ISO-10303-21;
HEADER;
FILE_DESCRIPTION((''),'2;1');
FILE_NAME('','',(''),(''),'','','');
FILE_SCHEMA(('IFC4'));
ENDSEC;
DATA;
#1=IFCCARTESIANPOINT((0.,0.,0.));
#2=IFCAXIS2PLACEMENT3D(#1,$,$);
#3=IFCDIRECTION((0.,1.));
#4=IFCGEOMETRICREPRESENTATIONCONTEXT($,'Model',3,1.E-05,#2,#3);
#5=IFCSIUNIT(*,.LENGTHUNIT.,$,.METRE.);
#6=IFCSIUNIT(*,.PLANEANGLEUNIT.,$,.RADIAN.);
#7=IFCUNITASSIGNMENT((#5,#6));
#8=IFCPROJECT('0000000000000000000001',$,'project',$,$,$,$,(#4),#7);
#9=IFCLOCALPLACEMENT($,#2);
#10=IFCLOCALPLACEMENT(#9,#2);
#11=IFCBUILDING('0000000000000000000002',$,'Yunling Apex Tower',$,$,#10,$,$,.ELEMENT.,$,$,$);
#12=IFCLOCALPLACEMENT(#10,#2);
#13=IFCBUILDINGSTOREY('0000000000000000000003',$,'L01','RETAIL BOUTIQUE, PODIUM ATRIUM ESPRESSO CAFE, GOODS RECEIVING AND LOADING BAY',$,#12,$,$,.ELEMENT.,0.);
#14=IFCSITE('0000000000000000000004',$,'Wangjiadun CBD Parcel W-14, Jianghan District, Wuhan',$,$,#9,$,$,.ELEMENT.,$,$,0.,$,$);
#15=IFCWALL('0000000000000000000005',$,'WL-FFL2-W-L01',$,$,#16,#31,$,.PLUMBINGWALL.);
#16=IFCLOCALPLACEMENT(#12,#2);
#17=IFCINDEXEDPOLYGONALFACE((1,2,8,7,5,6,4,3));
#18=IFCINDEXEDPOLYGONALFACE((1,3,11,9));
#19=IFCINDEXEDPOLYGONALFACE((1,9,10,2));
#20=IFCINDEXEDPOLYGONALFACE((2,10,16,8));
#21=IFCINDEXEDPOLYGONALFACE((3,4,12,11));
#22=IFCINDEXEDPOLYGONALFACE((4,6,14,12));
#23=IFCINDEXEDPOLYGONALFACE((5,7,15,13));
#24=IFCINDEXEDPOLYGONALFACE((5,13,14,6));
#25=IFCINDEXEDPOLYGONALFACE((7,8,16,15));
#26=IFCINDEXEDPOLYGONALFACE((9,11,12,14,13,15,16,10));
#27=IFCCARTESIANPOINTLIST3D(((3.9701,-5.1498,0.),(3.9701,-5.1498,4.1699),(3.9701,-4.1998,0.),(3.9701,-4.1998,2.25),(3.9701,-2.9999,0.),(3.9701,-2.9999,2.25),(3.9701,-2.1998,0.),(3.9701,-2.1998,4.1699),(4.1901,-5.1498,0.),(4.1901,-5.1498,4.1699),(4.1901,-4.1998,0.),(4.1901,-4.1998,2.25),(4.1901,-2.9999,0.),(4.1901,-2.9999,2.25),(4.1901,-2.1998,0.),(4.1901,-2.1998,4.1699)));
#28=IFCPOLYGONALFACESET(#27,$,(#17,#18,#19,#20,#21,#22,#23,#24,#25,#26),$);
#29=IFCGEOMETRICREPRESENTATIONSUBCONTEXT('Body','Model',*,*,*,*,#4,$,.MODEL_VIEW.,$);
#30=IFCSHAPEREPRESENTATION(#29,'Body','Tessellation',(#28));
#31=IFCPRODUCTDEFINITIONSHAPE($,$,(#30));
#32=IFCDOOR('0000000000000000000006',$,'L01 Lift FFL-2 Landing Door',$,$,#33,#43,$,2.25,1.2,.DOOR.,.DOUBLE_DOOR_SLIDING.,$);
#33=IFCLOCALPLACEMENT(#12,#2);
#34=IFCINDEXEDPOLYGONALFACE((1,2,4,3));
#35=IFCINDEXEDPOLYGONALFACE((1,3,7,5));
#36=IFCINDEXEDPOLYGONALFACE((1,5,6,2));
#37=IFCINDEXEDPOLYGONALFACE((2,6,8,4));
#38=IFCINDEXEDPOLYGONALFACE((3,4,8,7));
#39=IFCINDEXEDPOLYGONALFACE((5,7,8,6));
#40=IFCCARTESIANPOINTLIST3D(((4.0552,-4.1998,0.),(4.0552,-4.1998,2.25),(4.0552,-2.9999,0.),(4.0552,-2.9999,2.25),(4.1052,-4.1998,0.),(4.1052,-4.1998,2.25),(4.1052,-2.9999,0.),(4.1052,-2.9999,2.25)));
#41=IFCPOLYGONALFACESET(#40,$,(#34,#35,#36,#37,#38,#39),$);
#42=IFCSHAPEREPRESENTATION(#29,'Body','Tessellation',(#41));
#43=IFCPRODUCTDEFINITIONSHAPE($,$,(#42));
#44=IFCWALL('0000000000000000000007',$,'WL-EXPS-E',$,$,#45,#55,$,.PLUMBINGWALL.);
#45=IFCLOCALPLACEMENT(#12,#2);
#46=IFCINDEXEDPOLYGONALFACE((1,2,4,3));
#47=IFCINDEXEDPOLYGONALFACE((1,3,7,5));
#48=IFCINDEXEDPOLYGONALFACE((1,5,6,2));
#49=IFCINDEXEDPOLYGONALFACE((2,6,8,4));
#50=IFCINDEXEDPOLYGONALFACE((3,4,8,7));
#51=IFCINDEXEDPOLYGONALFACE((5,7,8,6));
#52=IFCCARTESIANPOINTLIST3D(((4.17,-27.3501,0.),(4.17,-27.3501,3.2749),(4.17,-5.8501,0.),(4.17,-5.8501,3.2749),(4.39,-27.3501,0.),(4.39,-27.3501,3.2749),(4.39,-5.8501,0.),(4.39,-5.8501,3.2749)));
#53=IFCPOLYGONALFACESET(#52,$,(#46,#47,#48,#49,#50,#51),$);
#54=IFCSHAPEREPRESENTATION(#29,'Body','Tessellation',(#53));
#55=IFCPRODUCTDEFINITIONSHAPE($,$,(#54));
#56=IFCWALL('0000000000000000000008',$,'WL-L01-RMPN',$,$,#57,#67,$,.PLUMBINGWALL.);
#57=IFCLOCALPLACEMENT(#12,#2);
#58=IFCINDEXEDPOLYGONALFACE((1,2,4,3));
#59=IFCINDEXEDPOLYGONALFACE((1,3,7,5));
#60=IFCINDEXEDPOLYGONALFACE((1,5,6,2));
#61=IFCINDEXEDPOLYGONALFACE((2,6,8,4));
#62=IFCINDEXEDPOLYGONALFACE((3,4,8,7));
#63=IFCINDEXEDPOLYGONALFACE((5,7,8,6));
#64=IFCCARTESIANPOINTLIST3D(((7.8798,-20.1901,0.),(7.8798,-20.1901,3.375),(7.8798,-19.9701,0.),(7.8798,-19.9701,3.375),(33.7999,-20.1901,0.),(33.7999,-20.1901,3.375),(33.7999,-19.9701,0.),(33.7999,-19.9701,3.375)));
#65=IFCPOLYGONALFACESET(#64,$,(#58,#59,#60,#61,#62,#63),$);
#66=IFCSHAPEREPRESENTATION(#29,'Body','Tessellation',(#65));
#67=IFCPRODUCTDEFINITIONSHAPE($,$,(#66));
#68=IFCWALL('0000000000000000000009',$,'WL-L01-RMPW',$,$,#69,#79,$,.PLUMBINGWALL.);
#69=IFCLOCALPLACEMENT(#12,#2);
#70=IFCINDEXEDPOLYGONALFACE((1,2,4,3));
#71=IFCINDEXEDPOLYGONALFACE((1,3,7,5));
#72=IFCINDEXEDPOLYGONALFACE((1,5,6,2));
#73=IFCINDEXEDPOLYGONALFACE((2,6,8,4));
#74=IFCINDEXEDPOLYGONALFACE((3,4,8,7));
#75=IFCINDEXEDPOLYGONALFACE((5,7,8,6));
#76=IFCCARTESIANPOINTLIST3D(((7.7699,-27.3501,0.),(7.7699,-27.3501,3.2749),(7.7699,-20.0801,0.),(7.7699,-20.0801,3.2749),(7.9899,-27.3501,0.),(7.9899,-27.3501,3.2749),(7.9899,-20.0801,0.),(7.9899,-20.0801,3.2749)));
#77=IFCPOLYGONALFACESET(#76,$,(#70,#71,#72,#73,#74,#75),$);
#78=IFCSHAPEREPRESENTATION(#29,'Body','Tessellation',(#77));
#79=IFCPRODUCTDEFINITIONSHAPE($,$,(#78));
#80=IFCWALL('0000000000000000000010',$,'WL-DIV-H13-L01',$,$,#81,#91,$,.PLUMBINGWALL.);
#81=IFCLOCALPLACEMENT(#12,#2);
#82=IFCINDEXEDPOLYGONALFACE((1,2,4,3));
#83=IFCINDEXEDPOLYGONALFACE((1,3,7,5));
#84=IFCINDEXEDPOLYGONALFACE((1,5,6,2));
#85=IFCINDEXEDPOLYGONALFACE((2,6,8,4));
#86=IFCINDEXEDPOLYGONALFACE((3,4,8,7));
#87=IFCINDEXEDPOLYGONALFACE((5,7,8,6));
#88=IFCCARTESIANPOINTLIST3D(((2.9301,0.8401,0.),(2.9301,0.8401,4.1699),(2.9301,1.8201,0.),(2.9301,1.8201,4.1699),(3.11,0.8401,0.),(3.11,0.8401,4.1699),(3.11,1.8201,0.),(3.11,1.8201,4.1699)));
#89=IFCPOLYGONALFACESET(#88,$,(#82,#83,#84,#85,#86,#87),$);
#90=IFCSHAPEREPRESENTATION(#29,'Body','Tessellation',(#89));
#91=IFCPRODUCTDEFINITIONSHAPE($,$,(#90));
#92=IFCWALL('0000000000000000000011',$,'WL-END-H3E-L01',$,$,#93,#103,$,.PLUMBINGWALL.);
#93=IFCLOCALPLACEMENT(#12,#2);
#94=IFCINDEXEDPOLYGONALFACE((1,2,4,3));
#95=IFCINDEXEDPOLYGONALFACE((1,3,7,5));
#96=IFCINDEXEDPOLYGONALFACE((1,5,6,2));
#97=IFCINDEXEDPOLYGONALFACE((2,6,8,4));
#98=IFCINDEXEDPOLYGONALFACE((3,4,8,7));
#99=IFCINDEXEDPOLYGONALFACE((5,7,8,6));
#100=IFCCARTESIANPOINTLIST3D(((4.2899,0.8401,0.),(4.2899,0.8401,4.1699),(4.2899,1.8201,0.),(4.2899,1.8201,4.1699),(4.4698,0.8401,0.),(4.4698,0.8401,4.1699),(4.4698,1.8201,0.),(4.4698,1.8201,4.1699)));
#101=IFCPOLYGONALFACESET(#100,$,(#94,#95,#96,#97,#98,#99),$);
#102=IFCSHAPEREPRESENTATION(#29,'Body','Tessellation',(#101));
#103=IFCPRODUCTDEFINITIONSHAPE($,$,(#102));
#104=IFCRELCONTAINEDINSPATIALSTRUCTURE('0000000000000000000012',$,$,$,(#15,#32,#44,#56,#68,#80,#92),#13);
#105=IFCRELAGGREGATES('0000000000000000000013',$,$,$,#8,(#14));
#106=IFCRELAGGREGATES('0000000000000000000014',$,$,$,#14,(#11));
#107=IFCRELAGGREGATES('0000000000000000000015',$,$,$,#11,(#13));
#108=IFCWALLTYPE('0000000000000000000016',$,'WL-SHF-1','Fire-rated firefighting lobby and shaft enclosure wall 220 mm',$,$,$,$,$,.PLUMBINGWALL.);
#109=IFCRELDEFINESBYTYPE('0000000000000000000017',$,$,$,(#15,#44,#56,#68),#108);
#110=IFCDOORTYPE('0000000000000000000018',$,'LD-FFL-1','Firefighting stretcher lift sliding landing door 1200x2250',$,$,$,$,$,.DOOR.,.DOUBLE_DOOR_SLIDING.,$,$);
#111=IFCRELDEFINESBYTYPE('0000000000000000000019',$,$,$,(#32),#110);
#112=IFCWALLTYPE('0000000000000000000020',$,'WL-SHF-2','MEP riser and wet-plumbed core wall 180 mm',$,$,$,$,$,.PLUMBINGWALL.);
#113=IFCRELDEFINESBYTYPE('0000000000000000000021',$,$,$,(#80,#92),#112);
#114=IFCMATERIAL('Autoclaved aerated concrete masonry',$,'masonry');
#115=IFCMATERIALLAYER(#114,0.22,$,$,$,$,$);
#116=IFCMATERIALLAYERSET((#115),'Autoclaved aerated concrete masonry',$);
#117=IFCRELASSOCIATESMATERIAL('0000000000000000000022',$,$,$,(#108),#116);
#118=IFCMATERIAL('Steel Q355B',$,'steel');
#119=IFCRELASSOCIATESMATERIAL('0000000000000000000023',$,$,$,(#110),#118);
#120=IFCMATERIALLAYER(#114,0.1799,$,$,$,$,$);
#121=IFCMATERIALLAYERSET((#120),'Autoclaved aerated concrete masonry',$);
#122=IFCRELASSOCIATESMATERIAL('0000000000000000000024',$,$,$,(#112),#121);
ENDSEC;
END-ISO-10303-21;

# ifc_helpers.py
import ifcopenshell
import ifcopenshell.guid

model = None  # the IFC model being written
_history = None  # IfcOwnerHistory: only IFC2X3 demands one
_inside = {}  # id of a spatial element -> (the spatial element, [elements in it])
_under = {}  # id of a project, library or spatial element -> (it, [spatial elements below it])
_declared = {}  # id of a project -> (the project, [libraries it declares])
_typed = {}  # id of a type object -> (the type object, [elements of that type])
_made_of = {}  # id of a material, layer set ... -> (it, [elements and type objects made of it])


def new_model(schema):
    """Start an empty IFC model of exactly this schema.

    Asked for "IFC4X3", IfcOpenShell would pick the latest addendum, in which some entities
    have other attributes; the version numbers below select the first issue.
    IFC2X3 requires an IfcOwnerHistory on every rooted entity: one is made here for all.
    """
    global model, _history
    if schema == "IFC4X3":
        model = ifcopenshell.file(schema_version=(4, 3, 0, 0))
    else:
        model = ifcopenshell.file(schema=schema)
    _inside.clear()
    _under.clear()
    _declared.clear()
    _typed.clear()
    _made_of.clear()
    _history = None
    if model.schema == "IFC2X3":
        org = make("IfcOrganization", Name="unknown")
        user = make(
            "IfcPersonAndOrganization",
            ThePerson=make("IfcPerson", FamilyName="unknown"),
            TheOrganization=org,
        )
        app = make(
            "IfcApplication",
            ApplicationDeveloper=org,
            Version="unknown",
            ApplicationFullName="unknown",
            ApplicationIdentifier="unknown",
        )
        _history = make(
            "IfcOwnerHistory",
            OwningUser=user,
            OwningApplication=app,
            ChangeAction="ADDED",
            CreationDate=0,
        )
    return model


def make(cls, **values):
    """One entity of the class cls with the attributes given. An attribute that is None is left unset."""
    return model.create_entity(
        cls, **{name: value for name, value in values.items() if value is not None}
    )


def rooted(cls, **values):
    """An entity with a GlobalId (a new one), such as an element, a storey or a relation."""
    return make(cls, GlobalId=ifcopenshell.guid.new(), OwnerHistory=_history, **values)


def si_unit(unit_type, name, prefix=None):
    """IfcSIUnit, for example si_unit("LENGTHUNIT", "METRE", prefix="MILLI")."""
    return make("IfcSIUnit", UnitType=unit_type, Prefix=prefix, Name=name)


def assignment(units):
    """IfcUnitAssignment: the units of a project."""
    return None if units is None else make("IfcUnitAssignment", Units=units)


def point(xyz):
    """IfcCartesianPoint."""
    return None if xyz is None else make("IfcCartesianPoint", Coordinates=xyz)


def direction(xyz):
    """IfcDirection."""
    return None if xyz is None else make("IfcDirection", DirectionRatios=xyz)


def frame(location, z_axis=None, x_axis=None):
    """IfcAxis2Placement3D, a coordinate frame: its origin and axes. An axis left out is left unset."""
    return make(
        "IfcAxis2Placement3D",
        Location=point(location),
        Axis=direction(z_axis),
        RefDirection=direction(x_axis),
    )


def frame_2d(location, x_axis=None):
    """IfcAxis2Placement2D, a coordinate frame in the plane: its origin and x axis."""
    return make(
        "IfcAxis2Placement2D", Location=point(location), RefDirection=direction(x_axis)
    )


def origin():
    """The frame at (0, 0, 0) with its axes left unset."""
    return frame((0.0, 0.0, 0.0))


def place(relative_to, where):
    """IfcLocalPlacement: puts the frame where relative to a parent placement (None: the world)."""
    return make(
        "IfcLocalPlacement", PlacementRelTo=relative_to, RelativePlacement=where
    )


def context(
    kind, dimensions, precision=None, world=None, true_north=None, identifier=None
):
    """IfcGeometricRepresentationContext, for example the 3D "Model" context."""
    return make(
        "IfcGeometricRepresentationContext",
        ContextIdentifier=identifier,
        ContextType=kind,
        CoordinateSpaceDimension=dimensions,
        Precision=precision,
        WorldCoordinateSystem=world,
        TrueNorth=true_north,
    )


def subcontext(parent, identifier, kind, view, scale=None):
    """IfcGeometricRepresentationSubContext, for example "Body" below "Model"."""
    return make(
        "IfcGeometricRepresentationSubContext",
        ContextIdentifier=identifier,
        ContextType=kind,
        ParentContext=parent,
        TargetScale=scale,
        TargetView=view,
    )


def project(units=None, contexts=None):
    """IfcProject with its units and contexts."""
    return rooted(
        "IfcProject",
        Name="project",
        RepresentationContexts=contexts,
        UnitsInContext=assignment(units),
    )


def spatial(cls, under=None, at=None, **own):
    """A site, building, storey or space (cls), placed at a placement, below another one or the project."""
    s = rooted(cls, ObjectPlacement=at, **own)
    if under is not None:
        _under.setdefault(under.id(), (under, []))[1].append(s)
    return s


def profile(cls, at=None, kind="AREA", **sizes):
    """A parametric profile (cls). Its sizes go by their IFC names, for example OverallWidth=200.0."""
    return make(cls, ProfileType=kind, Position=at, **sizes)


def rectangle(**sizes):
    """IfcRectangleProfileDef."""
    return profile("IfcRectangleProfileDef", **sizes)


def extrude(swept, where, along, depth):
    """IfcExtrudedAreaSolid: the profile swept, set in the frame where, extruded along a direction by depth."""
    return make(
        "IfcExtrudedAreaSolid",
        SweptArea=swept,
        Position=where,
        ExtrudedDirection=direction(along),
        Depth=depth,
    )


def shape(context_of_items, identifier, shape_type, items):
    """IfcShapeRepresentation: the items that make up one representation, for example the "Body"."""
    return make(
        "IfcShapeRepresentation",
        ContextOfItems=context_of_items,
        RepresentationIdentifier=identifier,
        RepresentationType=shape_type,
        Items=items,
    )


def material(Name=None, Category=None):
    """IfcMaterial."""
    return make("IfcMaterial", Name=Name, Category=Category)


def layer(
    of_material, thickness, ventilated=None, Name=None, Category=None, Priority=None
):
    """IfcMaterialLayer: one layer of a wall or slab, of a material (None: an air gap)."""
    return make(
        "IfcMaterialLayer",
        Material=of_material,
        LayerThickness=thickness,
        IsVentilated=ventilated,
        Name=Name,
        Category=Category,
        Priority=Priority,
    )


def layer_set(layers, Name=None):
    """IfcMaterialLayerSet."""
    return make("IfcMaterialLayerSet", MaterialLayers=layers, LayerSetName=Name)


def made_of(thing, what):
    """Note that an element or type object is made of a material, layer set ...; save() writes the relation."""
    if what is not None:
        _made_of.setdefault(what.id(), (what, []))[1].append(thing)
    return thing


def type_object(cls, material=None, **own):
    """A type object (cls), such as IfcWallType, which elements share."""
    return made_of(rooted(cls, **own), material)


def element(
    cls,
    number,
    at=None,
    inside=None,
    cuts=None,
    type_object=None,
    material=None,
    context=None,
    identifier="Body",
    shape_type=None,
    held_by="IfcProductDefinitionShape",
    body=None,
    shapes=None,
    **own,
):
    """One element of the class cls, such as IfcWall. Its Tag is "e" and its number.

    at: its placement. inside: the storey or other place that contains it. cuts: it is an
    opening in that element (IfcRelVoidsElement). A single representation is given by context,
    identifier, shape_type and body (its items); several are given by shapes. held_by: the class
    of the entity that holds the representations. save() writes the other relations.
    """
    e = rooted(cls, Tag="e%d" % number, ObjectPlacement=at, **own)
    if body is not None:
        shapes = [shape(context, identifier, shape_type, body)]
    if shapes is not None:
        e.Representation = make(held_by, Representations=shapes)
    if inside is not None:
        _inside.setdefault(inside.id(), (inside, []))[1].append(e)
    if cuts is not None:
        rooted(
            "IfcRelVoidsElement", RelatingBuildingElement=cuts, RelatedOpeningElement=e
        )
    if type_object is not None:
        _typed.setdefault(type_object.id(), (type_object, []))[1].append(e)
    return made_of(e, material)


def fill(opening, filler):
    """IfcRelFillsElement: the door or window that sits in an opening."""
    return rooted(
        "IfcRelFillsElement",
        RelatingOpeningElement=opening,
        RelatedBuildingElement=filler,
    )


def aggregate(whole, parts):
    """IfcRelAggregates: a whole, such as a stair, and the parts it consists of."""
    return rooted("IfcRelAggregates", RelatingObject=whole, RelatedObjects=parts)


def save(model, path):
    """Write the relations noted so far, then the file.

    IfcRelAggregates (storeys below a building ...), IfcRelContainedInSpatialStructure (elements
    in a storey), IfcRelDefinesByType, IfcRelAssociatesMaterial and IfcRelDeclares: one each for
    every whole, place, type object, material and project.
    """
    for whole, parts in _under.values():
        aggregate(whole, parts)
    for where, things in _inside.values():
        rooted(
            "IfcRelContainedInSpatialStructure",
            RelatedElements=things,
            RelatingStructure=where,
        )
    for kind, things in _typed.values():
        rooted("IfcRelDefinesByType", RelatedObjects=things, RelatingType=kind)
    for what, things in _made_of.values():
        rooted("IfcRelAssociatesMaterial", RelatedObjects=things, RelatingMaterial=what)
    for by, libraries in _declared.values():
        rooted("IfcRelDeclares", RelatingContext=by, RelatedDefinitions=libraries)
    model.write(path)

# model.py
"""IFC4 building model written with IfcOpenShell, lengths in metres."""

from ifc_helpers import new_model, si_unit, direction, frame, frame_2d, origin, place, context, subcontext, project, spatial, rectangle, extrude, material, layer, layer_set, type_object, element, fill, save


model = new_model("IFC4")

# Units and contexts
model_context = context("Model", 3, precision=1e-05, world=origin(), true_north=direction((0.0, 1.0)))
body_context = subcontext(model_context, "Body", "Model", "MODEL_VIEW")
ifc_project = project(units=[si_unit("LENGTHUNIT", "METRE"), si_unit("PLANEANGLEUNIT", "RADIAN")], contexts=[model_context])

# Site, building, storey
site_placement = place(None, origin())
site = spatial("IfcSite", under=ifc_project, at=site_placement, Name="Wangjiadun CBD Parcel W-14, Jianghan District, Wuhan", CompositionType="ELEMENT", RefElevation=0.0)
building_placement = place(site_placement, origin())
building = spatial("IfcBuilding", under=site, at=building_placement, Name="Yunling Apex Tower", CompositionType="ELEMENT")
storey_placement = place(building_placement, origin())
storey = spatial("IfcBuildingStorey", under=building, at=storey_placement, Name="L01", Description="RETAIL BOUTIQUE, PODIUM ATRIUM ESPRESSO CAFE, GOODS RECEIVING AND LOADING BAY", CompositionType="ELEMENT", Elevation=0.0)

# Shared definitions
ifc_material_1 = material(Name="Steel Q355B", Category="steel")

# Wall, opening, door
ifc_material_2 = material(Name="Autoclaved aerated concrete masonry", Category="masonry")
ifc_layer_1 = layer(ifc_material_2, 0.22)
ifc_layer_set_1 = layer_set([ifc_layer_1], Name="Autoclaved aerated concrete masonry")
wall_type_1 = type_object("IfcWallType", Name="WL-SHF-1", Description="Fire-rated firefighting lobby and shaft enclosure wall 220 mm", PredefinedType="PLUMBINGWALL", material=ifc_layer_set_1)
door_type = type_object("IfcDoorType", Name="LD-FFL-1", Description="Firefighting stretcher lift sliding landing door 1200x2250", OperationType="DOUBLE_DOOR_SLIDING", PredefinedType="DOOR", material=ifc_material_1)
wall_1_placement = place(storey_placement, frame((4.0801, -5.1499, 0.0), z_axis=(0.0, 0.0, 1.0), x_axis=(0.0, 1.0, 0.0)))
wall_1 = element("IfcWall", 1, at=wall_1_placement, inside=storey, type_object=wall_type_1, Name="WL-FFL2-W-L01", PredefinedType="PLUMBINGWALL", context=body_context, shape_type="SweptSolid", body=[
    extrude(rectangle(XDim=2.95, YDim=0.22, at=frame_2d((1.4751, 0.0))), origin(), (0.0, 0.0, 1.0), 4.1699),
])
opening_1_placement = place(wall_1_placement, frame((0.95, 0.0, 0.0)))
opening_1 = element("IfcOpeningElement", 2, at=opening_1_placement, cuts=wall_1, PredefinedType="OPENING", context=body_context, shape_type="SweptSolid", body=[
    extrude(rectangle(XDim=1.2, YDim=2.25, at=frame_2d((0.6001, 1.125))), frame((0.0, 0.1201, 0.0), z_axis=(0.0, -1.0, 0.0), x_axis=(1.0, 0.0, 0.0)), (0.0, 0.0, 1.0), 0.24),
])
door_1_placement = place(opening_1_placement, origin())
door_1 = element("IfcDoor", 3, at=door_1_placement, inside=storey, type_object=door_type, Name="L01 Lift FFL-2 Landing Door", OperationType="DOUBLE_DOOR_SLIDING", OverallHeight=2.25, OverallWidth=1.2, PredefinedType="DOOR", context=body_context, shape_type="SweptSolid", body=[
    extrude(rectangle(XDim=1.2, YDim=2.25, at=frame_2d((0.6001, 1.125))), frame((0.0, 0.0249, 0.0), z_axis=(0.0, -1.0, 0.0), x_axis=(1.0, 0.0, 0.0)), (0.0, 0.0, 1.0), 0.05),
])
fill(opening_1, door_1)

# Walls
wall_2_placement = place(storey_placement, frame((4.28, -27.3501, 0.0), z_axis=(0.0, 0.0, 1.0), x_axis=(0.0, 1.0, 0.0)))
element("IfcWall", 4, at=wall_2_placement, inside=storey, type_object=wall_type_1, Name="WL-EXPS-E", PredefinedType="PLUMBINGWALL", context=body_context, shape_type="SweptSolid", body=[
    extrude(rectangle(XDim=21.5, YDim=0.22, at=frame_2d((10.75, 0.0))), origin(), (0.0, 0.0, 1.0), 3.2749),
])
wall_3_placement = place(storey_placement, frame((7.8799, -20.0801, 0.0), z_axis=(0.0, 0.0, 1.0), x_axis=(1.0, 0.0, 0.0)))
element("IfcWall", 5, at=wall_3_placement, inside=storey, type_object=wall_type_1, Name="WL-L01-RMPN", PredefinedType="PLUMBINGWALL", context=body_context, shape_type="SweptSolid", body=[
    extrude(rectangle(XDim=25.9202, YDim=0.22, at=frame_2d((12.96, 0.0))), origin(), (0.0, 0.0, 1.0), 3.375),
])
wall_4_placement = place(storey_placement, frame((7.8799, -27.3501, 0.0), z_axis=(0.0, 0.0, 1.0), x_axis=(0.0, 1.0, 0.0)))
element("IfcWall", 6, at=wall_4_placement, inside=storey, type_object=wall_type_1, Name="WL-L01-RMPW", PredefinedType="PLUMBINGWALL", context=body_context, shape_type="SweptSolid", body=[
    extrude(rectangle(XDim=7.27, YDim=0.22, at=frame_2d((3.635, 0.0))), origin(), (0.0, 0.0, 1.0), 3.2749),
])
ifc_layer_2 = layer(ifc_material_2, 0.1799)
ifc_layer_set_2 = layer_set([ifc_layer_2], Name="Autoclaved aerated concrete masonry")
wall_type_2 = type_object("IfcWallType", Name="WL-SHF-2", Description="MEP riser and wet-plumbed core wall 180 mm", PredefinedType="PLUMBINGWALL", material=ifc_layer_set_2)
for number, where, z_axis, x_axis, name in (
    (7, (3.02, 0.8401, 0.0), (0.0, 0.0, 1.0), (0.0, 1.0, 0.0), "WL-DIV-H13-L01"),
    (8, (4.3799, 0.8401, 0.0), (0.0, 0.0, 1.0), (0.0, 1.0, 0.0), "WL-END-H3E-L01"),
):
    element("IfcWall", number, at=place(storey_placement, frame(where, z_axis=z_axis, x_axis=x_axis)), inside=storey, type_object=wall_type_2, Name=name, PredefinedType="PLUMBINGWALL", context=body_context, shape_type="SweptSolid", body=[
        extrude(rectangle(XDim=0.98, YDim=0.1799, at=frame_2d((0.49, 0.0))), origin(), (0.0, 0.0, 1.0), 4.1699),
    ])

save(model, "model.ifc")
